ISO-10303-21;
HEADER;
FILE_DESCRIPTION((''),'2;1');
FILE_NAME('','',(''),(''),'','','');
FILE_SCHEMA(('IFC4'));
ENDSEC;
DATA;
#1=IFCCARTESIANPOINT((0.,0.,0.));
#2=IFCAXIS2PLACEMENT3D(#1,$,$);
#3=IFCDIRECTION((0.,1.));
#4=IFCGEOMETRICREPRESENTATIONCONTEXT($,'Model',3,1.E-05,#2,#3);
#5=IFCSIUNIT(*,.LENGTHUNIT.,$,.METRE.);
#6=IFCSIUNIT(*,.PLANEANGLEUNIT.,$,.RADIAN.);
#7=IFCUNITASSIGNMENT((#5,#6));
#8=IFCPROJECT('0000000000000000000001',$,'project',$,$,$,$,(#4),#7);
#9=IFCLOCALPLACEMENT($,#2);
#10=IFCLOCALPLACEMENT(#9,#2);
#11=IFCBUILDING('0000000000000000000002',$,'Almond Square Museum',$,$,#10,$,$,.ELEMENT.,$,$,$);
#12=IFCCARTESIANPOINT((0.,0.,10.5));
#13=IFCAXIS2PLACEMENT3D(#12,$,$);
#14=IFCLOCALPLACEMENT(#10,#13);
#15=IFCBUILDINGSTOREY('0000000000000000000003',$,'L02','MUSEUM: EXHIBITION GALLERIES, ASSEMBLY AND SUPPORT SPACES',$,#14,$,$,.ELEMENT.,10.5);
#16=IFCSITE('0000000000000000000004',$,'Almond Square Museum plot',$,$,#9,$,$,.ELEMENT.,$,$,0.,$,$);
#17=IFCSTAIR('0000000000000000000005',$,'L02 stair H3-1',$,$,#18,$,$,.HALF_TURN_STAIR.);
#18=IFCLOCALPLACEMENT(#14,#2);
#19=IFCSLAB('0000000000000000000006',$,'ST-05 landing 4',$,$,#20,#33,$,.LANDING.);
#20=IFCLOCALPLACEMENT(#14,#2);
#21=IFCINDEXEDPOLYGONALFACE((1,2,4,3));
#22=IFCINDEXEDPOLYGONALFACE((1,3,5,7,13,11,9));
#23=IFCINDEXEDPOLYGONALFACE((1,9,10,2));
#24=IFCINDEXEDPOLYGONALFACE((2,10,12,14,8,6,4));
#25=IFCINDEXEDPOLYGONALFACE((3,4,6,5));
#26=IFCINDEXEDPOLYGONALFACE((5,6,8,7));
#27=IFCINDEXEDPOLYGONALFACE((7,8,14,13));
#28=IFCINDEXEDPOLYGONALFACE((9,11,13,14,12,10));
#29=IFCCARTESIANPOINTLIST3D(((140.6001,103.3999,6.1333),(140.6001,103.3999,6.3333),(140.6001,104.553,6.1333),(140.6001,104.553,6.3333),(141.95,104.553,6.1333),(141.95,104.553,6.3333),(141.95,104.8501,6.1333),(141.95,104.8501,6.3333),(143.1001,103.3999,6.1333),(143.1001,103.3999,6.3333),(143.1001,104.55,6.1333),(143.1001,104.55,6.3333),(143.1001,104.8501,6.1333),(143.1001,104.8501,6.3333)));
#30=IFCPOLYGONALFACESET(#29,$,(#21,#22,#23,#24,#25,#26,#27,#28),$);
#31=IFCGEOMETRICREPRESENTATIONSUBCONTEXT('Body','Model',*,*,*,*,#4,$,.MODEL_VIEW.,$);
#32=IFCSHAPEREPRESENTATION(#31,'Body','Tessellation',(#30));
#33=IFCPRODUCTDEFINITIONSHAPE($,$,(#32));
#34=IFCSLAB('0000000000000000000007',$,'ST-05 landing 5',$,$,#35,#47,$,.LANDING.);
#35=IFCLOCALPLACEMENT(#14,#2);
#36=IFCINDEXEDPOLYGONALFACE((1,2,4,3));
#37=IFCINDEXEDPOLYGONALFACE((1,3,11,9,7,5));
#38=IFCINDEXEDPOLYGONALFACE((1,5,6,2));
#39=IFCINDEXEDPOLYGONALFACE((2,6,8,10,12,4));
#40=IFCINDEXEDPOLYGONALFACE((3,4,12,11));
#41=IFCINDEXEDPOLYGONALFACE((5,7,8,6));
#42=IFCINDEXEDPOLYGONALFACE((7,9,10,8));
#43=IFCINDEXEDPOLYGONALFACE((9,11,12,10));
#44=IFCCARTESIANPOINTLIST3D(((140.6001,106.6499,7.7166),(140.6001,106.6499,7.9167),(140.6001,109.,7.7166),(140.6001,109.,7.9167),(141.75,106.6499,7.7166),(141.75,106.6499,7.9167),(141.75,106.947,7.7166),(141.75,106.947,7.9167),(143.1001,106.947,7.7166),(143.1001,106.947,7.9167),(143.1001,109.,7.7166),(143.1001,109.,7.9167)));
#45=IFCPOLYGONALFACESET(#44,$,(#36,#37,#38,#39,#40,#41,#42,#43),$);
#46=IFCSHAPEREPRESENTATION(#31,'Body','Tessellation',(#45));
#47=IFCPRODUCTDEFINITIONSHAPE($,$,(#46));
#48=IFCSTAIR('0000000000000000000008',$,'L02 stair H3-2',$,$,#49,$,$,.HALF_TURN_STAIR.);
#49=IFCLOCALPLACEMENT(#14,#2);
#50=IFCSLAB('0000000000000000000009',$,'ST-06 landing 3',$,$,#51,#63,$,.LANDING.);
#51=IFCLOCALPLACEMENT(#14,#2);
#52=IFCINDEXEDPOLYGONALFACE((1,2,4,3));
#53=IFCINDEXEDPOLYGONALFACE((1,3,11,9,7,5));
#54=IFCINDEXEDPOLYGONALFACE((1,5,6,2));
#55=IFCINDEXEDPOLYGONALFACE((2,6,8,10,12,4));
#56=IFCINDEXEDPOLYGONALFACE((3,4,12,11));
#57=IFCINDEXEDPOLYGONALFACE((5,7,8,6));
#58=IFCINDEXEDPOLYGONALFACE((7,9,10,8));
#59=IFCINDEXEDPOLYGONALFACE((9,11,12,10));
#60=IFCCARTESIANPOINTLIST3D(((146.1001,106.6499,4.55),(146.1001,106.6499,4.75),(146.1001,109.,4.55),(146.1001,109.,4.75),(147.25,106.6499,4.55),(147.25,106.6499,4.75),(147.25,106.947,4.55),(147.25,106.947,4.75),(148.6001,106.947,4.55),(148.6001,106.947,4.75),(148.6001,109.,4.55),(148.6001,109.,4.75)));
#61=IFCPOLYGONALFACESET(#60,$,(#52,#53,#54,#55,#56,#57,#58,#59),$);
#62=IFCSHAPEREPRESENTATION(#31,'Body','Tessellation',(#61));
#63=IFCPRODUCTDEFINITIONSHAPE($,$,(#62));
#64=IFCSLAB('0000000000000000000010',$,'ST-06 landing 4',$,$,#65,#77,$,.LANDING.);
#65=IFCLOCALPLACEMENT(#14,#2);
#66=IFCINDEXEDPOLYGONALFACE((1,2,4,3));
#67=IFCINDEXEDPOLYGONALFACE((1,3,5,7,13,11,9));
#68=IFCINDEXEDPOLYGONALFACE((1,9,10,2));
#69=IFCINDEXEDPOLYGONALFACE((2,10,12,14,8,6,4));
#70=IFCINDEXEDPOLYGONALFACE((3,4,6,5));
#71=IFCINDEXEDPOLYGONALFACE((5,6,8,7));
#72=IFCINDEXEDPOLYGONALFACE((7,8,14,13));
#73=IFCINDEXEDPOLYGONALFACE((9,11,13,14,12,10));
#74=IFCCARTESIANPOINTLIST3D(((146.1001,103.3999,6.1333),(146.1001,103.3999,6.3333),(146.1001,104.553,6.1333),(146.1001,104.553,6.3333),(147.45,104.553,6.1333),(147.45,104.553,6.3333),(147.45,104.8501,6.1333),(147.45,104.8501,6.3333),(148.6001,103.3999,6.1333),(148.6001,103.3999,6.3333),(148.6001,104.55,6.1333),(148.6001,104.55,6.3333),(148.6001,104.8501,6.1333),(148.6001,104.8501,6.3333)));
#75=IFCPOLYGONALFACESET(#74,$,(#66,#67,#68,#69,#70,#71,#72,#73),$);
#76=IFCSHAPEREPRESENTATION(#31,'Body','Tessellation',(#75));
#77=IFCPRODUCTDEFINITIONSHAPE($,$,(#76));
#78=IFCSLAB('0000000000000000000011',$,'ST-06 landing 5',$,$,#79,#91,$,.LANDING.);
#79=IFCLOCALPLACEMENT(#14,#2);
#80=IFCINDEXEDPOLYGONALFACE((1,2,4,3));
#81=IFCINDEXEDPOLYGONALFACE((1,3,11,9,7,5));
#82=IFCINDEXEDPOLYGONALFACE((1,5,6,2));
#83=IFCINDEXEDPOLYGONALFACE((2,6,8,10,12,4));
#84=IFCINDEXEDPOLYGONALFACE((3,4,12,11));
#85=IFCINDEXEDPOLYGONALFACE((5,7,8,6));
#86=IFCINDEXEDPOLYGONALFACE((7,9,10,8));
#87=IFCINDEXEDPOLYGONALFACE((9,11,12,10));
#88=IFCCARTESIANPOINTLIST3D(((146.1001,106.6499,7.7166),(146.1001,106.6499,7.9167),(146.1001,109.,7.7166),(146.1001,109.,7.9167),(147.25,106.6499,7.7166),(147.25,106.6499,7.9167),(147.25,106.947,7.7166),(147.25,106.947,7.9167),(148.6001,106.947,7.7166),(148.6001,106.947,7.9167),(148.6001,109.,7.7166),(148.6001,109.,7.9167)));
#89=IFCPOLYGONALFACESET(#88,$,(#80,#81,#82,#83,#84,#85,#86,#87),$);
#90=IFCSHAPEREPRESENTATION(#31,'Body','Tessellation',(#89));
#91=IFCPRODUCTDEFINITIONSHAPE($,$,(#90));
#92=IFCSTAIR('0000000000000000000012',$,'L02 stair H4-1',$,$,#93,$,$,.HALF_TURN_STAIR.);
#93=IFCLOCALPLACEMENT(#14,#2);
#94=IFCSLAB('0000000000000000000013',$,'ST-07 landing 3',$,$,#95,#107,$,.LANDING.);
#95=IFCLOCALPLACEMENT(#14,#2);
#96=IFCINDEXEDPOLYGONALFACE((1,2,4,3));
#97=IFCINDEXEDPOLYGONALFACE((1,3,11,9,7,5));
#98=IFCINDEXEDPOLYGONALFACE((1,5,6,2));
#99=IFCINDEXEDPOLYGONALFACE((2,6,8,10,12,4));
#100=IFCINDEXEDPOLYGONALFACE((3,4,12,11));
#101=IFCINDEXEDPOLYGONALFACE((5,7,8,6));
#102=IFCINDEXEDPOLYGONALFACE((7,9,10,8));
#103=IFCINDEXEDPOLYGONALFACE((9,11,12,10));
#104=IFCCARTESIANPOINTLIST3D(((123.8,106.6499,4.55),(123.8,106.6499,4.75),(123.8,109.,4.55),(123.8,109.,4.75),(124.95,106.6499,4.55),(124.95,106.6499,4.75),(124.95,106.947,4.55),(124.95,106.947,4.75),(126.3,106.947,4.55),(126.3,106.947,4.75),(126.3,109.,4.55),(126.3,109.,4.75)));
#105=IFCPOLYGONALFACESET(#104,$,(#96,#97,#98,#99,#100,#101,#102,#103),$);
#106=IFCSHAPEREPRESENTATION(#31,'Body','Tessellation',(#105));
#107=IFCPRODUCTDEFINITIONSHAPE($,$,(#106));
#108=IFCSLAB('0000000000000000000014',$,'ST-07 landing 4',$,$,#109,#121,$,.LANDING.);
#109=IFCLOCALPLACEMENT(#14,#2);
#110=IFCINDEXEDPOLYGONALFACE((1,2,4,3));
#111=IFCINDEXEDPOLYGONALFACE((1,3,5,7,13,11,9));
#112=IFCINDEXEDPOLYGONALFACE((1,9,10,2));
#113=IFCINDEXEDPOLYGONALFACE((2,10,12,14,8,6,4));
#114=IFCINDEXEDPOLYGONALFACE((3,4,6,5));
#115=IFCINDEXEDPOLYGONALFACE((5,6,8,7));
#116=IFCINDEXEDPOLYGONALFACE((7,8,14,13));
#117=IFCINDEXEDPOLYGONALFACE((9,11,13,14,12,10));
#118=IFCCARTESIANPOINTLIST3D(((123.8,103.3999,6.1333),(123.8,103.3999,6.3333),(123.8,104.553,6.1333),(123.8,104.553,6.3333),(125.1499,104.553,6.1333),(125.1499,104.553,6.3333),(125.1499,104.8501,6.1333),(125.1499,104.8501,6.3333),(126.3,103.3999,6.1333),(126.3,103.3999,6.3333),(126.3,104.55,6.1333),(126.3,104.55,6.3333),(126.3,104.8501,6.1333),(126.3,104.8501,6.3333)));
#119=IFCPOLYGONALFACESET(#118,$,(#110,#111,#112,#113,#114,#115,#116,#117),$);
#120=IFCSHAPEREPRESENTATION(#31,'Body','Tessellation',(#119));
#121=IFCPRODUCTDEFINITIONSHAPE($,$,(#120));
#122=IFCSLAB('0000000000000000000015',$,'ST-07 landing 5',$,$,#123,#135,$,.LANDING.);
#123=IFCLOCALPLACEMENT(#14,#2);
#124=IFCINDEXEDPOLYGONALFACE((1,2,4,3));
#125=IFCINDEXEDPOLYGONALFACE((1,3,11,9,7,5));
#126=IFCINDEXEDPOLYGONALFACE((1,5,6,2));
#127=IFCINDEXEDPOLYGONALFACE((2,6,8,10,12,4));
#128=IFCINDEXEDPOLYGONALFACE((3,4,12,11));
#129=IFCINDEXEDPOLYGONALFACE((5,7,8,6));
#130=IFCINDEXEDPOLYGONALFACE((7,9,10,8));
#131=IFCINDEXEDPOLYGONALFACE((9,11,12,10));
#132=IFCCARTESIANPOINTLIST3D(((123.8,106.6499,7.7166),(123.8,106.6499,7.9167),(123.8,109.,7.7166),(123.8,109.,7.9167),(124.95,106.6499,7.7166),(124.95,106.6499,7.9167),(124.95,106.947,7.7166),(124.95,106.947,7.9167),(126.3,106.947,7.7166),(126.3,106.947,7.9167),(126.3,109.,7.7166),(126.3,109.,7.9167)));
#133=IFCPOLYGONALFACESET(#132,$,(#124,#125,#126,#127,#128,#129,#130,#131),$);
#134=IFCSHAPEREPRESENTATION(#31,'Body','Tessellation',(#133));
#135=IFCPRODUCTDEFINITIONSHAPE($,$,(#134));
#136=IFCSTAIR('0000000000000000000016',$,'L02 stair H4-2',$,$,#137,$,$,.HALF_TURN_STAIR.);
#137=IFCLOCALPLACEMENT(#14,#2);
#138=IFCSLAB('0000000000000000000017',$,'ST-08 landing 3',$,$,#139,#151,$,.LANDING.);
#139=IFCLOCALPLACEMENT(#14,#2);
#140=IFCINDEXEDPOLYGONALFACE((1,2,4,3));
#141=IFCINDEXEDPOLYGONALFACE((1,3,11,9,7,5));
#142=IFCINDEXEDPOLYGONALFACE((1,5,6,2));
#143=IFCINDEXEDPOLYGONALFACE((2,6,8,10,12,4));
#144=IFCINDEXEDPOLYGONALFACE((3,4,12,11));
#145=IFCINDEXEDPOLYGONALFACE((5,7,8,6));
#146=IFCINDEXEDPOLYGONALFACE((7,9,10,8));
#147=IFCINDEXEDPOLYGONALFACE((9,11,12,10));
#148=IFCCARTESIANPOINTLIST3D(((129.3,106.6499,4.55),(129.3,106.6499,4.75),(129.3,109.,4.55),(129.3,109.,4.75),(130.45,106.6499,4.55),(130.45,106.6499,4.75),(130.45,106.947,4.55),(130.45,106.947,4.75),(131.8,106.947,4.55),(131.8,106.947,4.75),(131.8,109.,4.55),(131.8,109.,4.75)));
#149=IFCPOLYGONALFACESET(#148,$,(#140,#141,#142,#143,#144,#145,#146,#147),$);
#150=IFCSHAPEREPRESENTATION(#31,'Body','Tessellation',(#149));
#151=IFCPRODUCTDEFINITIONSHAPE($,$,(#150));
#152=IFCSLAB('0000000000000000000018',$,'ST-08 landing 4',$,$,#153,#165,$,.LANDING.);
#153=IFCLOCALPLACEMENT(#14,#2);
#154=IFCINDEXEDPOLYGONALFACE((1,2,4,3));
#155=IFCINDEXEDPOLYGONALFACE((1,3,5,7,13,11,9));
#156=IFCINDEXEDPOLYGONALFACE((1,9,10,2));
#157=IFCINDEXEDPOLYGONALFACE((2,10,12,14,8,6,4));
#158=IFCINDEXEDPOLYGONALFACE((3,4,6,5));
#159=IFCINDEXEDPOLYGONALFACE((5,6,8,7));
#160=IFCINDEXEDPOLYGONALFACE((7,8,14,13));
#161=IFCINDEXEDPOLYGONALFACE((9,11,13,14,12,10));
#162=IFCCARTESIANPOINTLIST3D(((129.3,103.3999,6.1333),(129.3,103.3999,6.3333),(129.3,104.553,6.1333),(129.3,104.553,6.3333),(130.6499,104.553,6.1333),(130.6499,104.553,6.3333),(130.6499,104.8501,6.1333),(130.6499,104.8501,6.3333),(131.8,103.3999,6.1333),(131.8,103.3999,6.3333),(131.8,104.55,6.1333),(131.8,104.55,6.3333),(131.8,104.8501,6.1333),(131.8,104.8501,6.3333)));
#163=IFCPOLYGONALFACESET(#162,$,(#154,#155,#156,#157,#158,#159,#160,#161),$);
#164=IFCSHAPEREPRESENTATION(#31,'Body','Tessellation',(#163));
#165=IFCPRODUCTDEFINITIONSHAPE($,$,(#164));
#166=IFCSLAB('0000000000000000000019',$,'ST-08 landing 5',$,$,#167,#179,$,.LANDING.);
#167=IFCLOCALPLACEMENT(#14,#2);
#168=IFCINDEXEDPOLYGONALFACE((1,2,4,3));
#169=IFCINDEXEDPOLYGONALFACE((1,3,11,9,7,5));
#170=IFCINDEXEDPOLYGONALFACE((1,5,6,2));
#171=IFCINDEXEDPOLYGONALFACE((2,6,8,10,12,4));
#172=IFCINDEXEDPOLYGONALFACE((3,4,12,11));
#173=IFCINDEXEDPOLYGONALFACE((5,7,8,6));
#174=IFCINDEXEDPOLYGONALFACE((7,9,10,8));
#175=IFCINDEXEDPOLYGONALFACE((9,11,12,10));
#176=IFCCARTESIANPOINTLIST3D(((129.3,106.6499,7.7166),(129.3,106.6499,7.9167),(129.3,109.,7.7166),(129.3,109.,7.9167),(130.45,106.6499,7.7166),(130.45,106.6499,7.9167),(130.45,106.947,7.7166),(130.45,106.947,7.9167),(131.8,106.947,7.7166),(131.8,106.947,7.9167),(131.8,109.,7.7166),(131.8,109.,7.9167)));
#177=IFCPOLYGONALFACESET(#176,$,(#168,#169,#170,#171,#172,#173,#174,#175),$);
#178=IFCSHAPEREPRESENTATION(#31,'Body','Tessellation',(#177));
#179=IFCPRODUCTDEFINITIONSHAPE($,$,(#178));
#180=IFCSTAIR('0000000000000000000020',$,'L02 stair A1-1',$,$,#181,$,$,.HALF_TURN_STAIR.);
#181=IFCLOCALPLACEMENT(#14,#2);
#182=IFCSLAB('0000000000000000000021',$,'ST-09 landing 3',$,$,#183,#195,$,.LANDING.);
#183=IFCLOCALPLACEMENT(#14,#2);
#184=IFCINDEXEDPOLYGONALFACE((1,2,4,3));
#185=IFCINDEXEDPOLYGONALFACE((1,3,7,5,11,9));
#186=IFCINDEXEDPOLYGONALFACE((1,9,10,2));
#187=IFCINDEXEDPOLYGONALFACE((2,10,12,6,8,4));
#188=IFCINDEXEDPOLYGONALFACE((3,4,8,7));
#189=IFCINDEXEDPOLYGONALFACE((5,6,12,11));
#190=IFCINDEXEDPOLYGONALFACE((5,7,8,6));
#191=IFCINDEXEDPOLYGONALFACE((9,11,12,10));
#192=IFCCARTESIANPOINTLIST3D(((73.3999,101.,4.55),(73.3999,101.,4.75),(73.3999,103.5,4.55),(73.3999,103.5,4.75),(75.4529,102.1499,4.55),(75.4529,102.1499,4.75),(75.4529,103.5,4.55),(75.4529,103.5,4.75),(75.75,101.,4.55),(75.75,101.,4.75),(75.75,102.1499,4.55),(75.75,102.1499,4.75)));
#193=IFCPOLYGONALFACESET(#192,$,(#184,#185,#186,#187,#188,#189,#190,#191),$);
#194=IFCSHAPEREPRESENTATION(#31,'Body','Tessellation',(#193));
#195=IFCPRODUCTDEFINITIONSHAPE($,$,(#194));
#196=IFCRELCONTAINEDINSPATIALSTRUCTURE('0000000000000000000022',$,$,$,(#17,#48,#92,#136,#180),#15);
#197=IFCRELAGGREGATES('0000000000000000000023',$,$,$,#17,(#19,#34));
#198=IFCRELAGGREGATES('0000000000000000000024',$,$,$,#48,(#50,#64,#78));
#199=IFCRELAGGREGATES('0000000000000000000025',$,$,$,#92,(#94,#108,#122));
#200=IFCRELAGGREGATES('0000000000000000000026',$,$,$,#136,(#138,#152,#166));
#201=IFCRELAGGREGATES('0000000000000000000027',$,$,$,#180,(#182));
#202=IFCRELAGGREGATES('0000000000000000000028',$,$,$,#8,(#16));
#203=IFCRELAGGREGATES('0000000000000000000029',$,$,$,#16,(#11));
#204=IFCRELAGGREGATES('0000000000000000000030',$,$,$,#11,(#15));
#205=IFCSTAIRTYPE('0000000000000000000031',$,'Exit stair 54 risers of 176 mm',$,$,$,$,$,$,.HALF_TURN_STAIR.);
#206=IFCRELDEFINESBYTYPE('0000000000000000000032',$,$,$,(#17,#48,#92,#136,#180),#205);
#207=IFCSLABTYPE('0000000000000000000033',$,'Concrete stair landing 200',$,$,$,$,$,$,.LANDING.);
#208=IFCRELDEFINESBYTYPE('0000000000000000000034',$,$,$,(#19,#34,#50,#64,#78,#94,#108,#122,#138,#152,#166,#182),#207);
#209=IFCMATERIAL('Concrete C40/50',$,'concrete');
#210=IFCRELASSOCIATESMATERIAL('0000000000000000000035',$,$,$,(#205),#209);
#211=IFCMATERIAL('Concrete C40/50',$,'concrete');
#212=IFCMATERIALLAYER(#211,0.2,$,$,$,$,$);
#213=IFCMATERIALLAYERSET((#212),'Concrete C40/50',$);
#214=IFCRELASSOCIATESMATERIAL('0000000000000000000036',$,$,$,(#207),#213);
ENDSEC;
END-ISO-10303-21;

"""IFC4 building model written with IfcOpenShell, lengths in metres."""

from ifc_helpers import new_model, si_unit, direction, frame, origin, place, context, subcontext, project, spatial, polyline, outline, extrude, material, layer, layer_set, type_object, element, aggregate, save


model = new_model("IFC4")

# Units and contexts
model_context = context("Model", 3, precision=1e-05, world=origin(), true_north=direction((0.0, 1.0)))
body_context = subcontext(model_context, "Body", "Model", "MODEL_VIEW")
ifc_project = project(units=[si_unit("LENGTHUNIT", "METRE"), si_unit("PLANEANGLEUNIT", "RADIAN")], contexts=[model_context])

# Site, building, storey
site_placement = place(None, origin())
site = spatial("IfcSite", under=ifc_project, at=site_placement, Name="Almond Square Museum plot", CompositionType="ELEMENT", RefElevation=0.0)
building_placement = place(site_placement, origin())
building = spatial("IfcBuilding", under=site, at=building_placement, Name="Almond Square Museum", CompositionType="ELEMENT")
storey_placement = place(building_placement, frame((0.0, 0.0, 10.5)))
storey = spatial("IfcBuildingStorey", under=building, at=storey_placement, Name="L02", Description="MUSEUM: EXHIBITION GALLERIES, ASSEMBLY AND SUPPORT SPACES", CompositionType="ELEMENT", Elevation=10.5)

# Stairs, slabs
ifc_material_1 = material(Name="Concrete C40/50", Category="concrete")
stair_type = type_object("IfcStairType", Name="Exit stair 54 risers of 176 mm", PredefinedType="HALF_TURN_STAIR", material=ifc_material_1)
ifc_material_2 = material(Name="Concrete C40/50", Category="concrete")
ifc_layer = layer(ifc_material_2, 0.2)
ifc_layer_set = layer_set([ifc_layer], Name="Concrete C40/50")
slab_type = type_object("IfcSlabType", Name="Concrete stair landing 200", PredefinedType="LANDING", material=ifc_layer_set)
stair_1_placement = place(storey_placement, origin())
stair_1 = element("IfcStair", 1, at=stair_1_placement, inside=storey, type_object=stair_type, Name="L02 stair H3-1", PredefinedType="HALF_TURN_STAIR")
slab_1_placement = place(storey_placement, frame((0.0, 0.0, 6.1333)))
slab_1 = element("IfcSlab", 2, at=slab_1_placement, type_object=slab_type, Name="ST-05 landing 4", PredefinedType="LANDING", context=body_context, shape_type="SweptSolid", body=[
    extrude(outline(polyline([(143.1001, 103.3999), (143.1001, 104.55), (143.1001, 104.8501), (141.95, 104.8501), (141.95, 104.553), (140.6001, 104.553), (140.6001, 103.3999), (143.1001, 103.3999)])), origin(), (0.0, 0.0, 1.0), 0.2),
])
slab_2_placement = place(storey_placement, frame((0.0, 0.0, 7.7166)))
slab_2 = element("IfcSlab", 3, at=slab_2_placement, type_object=slab_type, Name="ST-05 landing 5", PredefinedType="LANDING", context=body_context, shape_type="SweptSolid", body=[
    extrude(outline(polyline([(143.1001, 106.947), (143.1001, 109.0), (140.6001, 109.0), (140.6001, 106.6499), (141.75, 106.6499), (141.75, 106.947), (143.1001, 106.947)])), origin(), (0.0, 0.0, 1.0), 0.2002),
])
aggregate(stair_1, [slab_1, slab_2])
stair_2_placement = place(storey_placement, origin())
stair_2 = element("IfcStair", 4, at=stair_2_placement, inside=storey, type_object=stair_type, Name="L02 stair H3-2", PredefinedType="HALF_TURN_STAIR")
slab_3_placement = place(storey_placement, frame((0.0, 0.0, 4.55)))
slab_3 = element("IfcSlab", 5, at=slab_3_placement, type_object=slab_type, Name="ST-06 landing 3", PredefinedType="LANDING", context=body_context, shape_type="SweptSolid", body=[
    extrude(outline(polyline([(148.6001, 106.947), (148.6001, 109.0), (146.1001, 109.0), (146.1001, 106.6499), (147.25, 106.6499), (147.25, 106.947), (148.6001, 106.947)])), origin(), (0.0, 0.0, 1.0), 0.2),
])
slab_4_placement = place(storey_placement, frame((0.0, 0.0, 6.1333)))
slab_4 = element("IfcSlab", 6, at=slab_4_placement, type_object=slab_type, Name="ST-06 landing 4", PredefinedType="LANDING", context=body_context, shape_type="SweptSolid", body=[
    extrude(outline(polyline([(148.6001, 103.3999), (148.6001, 104.55), (148.6001, 104.8501), (147.45, 104.8501), (147.45, 104.553), (146.1001, 104.553), (146.1001, 103.3999), (148.6001, 103.3999)])), origin(), (0.0, 0.0, 1.0), 0.2),
])
slab_5_placement = place(storey_placement, frame((0.0, 0.0, 7.7166)))
slab_5 = element("IfcSlab", 7, at=slab_5_placement, type_object=slab_type, Name="ST-06 landing 5", PredefinedType="LANDING", context=body_context, shape_type="SweptSolid", body=[
    extrude(outline(polyline([(148.6001, 106.947), (148.6001, 109.0), (146.1001, 109.0), (146.1001, 106.6499), (147.25, 106.6499), (147.25, 106.947), (148.6001, 106.947)])), origin(), (0.0, 0.0, 1.0), 0.2002),
])
aggregate(stair_2, [slab_3, slab_4, slab_5])
stair_3_placement = place(storey_placement, origin())
stair_3 = element("IfcStair", 8, at=stair_3_placement, inside=storey, type_object=stair_type, Name="L02 stair H4-1", PredefinedType="HALF_TURN_STAIR")
slab_6_placement = place(storey_placement, frame((0.0, 0.0, 4.55)))
slab_6 = element("IfcSlab", 9, at=slab_6_placement, type_object=slab_type, Name="ST-07 landing 3", PredefinedType="LANDING", context=body_context, shape_type="SweptSolid", body=[
    extrude(outline(polyline([(126.3, 106.947), (126.3, 109.0), (123.8, 109.0), (123.8, 106.6499), (124.95, 106.6499), (124.95, 106.947), (126.3, 106.947)])), origin(), (0.0, 0.0, 1.0), 0.2),
])
slab_7_placement = place(storey_placement, frame((0.0, 0.0, 6.1333)))
slab_7 = element("IfcSlab", 10, at=slab_7_placement, type_object=slab_type, Name="ST-07 landing 4", PredefinedType="LANDING", context=body_context, shape_type="SweptSolid", body=[
    extrude(outline(polyline([(126.3, 103.3999), (126.3, 104.55), (126.3, 104.8501), (125.1499, 104.8501), (125.1499, 104.553), (123.8, 104.553), (123.8, 103.3999), (126.3, 103.3999)])), origin(), (0.0, 0.0, 1.0), 0.2),
])
slab_8_placement = place(storey_placement, frame((0.0, 0.0, 7.7166)))
slab_8 = element("IfcSlab", 11, at=slab_8_placement, type_object=slab_type, Name="ST-07 landing 5", PredefinedType="LANDING", context=body_context, shape_type="SweptSolid", body=[
    extrude(outline(polyline([(126.3, 106.947), (126.3, 109.0), (123.8, 109.0), (123.8, 106.6499), (124.95, 106.6499), (124.95, 106.947), (126.3, 106.947)])), origin(), (0.0, 0.0, 1.0), 0.2002),
])
aggregate(stair_3, [slab_6, slab_7, slab_8])
stair_4_placement = place(storey_placement, origin())
stair_4 = element("IfcStair", 12, at=stair_4_placement, inside=storey, type_object=stair_type, Name="L02 stair H4-2", PredefinedType="HALF_TURN_STAIR")
slab_9_placement = place(storey_placement, frame((0.0, 0.0, 4.55)))
slab_9 = element("IfcSlab", 13, at=slab_9_placement, type_object=slab_type, Name="ST-08 landing 3", PredefinedType="LANDING", context=body_context, shape_type="SweptSolid", body=[
    extrude(outline(polyline([(131.8, 106.947), (131.8, 109.0), (129.3, 109.0), (129.3, 106.6499), (130.45, 106.6499), (130.45, 106.947), (131.8, 106.947)])), origin(), (0.0, 0.0, 1.0), 0.2),
])
slab_10_placement = place(storey_placement, frame((0.0, 0.0, 6.1333)))
slab_10 = element("IfcSlab", 14, at=slab_10_placement, type_object=slab_type, Name="ST-08 landing 4", PredefinedType="LANDING", context=body_context, shape_type="SweptSolid", body=[
    extrude(outline(polyline([(131.8, 103.3999), (131.8, 104.55), (131.8, 104.8501), (130.6499, 104.8501), (130.6499, 104.553), (129.3, 104.553), (129.3, 103.3999), (131.8, 103.3999)])), origin(), (0.0, 0.0, 1.0), 0.2),
])
slab_11_placement = place(storey_placement, frame((0.0, 0.0, 7.7166)))
slab_11 = element("IfcSlab", 15, at=slab_11_placement, type_object=slab_type, Name="ST-08 landing 5", PredefinedType="LANDING", context=body_context, shape_type="SweptSolid", body=[
    extrude(outline(polyline([(131.8, 106.947), (131.8, 109.0), (129.3, 109.0), (129.3, 106.6499), (130.45, 106.6499), (130.45, 106.947), (131.8, 106.947)])), origin(), (0.0, 0.0, 1.0), 0.2002),
])
aggregate(stair_4, [slab_9, slab_10, slab_11])
stair_5_placement = place(storey_placement, origin())
stair_5 = element("IfcStair", 16, at=stair_5_placement, inside=storey, type_object=stair_type, Name="L02 stair A1-1", PredefinedType="HALF_TURN_STAIR")
slab_12_placement = place(storey_placement, frame((0.0, 0.0, 4.55)))
slab_12 = element("IfcSlab", 17, at=slab_12_placement, type_object=slab_type, Name="ST-09 landing 3", PredefinedType="LANDING", context=body_context, shape_type="SweptSolid", body=[
    extrude(outline(polyline([(75.4529, 103.5), (73.3999, 103.5), (73.3999, 101.0), (75.75, 101.0), (75.75, 102.1499), (75.4529, 102.1499), (75.4529, 103.5)])), origin(), (0.0, 0.0, 1.0), 0.2),
])
aggregate(stair_5, [slab_12])

save(model, "model.ifc")
